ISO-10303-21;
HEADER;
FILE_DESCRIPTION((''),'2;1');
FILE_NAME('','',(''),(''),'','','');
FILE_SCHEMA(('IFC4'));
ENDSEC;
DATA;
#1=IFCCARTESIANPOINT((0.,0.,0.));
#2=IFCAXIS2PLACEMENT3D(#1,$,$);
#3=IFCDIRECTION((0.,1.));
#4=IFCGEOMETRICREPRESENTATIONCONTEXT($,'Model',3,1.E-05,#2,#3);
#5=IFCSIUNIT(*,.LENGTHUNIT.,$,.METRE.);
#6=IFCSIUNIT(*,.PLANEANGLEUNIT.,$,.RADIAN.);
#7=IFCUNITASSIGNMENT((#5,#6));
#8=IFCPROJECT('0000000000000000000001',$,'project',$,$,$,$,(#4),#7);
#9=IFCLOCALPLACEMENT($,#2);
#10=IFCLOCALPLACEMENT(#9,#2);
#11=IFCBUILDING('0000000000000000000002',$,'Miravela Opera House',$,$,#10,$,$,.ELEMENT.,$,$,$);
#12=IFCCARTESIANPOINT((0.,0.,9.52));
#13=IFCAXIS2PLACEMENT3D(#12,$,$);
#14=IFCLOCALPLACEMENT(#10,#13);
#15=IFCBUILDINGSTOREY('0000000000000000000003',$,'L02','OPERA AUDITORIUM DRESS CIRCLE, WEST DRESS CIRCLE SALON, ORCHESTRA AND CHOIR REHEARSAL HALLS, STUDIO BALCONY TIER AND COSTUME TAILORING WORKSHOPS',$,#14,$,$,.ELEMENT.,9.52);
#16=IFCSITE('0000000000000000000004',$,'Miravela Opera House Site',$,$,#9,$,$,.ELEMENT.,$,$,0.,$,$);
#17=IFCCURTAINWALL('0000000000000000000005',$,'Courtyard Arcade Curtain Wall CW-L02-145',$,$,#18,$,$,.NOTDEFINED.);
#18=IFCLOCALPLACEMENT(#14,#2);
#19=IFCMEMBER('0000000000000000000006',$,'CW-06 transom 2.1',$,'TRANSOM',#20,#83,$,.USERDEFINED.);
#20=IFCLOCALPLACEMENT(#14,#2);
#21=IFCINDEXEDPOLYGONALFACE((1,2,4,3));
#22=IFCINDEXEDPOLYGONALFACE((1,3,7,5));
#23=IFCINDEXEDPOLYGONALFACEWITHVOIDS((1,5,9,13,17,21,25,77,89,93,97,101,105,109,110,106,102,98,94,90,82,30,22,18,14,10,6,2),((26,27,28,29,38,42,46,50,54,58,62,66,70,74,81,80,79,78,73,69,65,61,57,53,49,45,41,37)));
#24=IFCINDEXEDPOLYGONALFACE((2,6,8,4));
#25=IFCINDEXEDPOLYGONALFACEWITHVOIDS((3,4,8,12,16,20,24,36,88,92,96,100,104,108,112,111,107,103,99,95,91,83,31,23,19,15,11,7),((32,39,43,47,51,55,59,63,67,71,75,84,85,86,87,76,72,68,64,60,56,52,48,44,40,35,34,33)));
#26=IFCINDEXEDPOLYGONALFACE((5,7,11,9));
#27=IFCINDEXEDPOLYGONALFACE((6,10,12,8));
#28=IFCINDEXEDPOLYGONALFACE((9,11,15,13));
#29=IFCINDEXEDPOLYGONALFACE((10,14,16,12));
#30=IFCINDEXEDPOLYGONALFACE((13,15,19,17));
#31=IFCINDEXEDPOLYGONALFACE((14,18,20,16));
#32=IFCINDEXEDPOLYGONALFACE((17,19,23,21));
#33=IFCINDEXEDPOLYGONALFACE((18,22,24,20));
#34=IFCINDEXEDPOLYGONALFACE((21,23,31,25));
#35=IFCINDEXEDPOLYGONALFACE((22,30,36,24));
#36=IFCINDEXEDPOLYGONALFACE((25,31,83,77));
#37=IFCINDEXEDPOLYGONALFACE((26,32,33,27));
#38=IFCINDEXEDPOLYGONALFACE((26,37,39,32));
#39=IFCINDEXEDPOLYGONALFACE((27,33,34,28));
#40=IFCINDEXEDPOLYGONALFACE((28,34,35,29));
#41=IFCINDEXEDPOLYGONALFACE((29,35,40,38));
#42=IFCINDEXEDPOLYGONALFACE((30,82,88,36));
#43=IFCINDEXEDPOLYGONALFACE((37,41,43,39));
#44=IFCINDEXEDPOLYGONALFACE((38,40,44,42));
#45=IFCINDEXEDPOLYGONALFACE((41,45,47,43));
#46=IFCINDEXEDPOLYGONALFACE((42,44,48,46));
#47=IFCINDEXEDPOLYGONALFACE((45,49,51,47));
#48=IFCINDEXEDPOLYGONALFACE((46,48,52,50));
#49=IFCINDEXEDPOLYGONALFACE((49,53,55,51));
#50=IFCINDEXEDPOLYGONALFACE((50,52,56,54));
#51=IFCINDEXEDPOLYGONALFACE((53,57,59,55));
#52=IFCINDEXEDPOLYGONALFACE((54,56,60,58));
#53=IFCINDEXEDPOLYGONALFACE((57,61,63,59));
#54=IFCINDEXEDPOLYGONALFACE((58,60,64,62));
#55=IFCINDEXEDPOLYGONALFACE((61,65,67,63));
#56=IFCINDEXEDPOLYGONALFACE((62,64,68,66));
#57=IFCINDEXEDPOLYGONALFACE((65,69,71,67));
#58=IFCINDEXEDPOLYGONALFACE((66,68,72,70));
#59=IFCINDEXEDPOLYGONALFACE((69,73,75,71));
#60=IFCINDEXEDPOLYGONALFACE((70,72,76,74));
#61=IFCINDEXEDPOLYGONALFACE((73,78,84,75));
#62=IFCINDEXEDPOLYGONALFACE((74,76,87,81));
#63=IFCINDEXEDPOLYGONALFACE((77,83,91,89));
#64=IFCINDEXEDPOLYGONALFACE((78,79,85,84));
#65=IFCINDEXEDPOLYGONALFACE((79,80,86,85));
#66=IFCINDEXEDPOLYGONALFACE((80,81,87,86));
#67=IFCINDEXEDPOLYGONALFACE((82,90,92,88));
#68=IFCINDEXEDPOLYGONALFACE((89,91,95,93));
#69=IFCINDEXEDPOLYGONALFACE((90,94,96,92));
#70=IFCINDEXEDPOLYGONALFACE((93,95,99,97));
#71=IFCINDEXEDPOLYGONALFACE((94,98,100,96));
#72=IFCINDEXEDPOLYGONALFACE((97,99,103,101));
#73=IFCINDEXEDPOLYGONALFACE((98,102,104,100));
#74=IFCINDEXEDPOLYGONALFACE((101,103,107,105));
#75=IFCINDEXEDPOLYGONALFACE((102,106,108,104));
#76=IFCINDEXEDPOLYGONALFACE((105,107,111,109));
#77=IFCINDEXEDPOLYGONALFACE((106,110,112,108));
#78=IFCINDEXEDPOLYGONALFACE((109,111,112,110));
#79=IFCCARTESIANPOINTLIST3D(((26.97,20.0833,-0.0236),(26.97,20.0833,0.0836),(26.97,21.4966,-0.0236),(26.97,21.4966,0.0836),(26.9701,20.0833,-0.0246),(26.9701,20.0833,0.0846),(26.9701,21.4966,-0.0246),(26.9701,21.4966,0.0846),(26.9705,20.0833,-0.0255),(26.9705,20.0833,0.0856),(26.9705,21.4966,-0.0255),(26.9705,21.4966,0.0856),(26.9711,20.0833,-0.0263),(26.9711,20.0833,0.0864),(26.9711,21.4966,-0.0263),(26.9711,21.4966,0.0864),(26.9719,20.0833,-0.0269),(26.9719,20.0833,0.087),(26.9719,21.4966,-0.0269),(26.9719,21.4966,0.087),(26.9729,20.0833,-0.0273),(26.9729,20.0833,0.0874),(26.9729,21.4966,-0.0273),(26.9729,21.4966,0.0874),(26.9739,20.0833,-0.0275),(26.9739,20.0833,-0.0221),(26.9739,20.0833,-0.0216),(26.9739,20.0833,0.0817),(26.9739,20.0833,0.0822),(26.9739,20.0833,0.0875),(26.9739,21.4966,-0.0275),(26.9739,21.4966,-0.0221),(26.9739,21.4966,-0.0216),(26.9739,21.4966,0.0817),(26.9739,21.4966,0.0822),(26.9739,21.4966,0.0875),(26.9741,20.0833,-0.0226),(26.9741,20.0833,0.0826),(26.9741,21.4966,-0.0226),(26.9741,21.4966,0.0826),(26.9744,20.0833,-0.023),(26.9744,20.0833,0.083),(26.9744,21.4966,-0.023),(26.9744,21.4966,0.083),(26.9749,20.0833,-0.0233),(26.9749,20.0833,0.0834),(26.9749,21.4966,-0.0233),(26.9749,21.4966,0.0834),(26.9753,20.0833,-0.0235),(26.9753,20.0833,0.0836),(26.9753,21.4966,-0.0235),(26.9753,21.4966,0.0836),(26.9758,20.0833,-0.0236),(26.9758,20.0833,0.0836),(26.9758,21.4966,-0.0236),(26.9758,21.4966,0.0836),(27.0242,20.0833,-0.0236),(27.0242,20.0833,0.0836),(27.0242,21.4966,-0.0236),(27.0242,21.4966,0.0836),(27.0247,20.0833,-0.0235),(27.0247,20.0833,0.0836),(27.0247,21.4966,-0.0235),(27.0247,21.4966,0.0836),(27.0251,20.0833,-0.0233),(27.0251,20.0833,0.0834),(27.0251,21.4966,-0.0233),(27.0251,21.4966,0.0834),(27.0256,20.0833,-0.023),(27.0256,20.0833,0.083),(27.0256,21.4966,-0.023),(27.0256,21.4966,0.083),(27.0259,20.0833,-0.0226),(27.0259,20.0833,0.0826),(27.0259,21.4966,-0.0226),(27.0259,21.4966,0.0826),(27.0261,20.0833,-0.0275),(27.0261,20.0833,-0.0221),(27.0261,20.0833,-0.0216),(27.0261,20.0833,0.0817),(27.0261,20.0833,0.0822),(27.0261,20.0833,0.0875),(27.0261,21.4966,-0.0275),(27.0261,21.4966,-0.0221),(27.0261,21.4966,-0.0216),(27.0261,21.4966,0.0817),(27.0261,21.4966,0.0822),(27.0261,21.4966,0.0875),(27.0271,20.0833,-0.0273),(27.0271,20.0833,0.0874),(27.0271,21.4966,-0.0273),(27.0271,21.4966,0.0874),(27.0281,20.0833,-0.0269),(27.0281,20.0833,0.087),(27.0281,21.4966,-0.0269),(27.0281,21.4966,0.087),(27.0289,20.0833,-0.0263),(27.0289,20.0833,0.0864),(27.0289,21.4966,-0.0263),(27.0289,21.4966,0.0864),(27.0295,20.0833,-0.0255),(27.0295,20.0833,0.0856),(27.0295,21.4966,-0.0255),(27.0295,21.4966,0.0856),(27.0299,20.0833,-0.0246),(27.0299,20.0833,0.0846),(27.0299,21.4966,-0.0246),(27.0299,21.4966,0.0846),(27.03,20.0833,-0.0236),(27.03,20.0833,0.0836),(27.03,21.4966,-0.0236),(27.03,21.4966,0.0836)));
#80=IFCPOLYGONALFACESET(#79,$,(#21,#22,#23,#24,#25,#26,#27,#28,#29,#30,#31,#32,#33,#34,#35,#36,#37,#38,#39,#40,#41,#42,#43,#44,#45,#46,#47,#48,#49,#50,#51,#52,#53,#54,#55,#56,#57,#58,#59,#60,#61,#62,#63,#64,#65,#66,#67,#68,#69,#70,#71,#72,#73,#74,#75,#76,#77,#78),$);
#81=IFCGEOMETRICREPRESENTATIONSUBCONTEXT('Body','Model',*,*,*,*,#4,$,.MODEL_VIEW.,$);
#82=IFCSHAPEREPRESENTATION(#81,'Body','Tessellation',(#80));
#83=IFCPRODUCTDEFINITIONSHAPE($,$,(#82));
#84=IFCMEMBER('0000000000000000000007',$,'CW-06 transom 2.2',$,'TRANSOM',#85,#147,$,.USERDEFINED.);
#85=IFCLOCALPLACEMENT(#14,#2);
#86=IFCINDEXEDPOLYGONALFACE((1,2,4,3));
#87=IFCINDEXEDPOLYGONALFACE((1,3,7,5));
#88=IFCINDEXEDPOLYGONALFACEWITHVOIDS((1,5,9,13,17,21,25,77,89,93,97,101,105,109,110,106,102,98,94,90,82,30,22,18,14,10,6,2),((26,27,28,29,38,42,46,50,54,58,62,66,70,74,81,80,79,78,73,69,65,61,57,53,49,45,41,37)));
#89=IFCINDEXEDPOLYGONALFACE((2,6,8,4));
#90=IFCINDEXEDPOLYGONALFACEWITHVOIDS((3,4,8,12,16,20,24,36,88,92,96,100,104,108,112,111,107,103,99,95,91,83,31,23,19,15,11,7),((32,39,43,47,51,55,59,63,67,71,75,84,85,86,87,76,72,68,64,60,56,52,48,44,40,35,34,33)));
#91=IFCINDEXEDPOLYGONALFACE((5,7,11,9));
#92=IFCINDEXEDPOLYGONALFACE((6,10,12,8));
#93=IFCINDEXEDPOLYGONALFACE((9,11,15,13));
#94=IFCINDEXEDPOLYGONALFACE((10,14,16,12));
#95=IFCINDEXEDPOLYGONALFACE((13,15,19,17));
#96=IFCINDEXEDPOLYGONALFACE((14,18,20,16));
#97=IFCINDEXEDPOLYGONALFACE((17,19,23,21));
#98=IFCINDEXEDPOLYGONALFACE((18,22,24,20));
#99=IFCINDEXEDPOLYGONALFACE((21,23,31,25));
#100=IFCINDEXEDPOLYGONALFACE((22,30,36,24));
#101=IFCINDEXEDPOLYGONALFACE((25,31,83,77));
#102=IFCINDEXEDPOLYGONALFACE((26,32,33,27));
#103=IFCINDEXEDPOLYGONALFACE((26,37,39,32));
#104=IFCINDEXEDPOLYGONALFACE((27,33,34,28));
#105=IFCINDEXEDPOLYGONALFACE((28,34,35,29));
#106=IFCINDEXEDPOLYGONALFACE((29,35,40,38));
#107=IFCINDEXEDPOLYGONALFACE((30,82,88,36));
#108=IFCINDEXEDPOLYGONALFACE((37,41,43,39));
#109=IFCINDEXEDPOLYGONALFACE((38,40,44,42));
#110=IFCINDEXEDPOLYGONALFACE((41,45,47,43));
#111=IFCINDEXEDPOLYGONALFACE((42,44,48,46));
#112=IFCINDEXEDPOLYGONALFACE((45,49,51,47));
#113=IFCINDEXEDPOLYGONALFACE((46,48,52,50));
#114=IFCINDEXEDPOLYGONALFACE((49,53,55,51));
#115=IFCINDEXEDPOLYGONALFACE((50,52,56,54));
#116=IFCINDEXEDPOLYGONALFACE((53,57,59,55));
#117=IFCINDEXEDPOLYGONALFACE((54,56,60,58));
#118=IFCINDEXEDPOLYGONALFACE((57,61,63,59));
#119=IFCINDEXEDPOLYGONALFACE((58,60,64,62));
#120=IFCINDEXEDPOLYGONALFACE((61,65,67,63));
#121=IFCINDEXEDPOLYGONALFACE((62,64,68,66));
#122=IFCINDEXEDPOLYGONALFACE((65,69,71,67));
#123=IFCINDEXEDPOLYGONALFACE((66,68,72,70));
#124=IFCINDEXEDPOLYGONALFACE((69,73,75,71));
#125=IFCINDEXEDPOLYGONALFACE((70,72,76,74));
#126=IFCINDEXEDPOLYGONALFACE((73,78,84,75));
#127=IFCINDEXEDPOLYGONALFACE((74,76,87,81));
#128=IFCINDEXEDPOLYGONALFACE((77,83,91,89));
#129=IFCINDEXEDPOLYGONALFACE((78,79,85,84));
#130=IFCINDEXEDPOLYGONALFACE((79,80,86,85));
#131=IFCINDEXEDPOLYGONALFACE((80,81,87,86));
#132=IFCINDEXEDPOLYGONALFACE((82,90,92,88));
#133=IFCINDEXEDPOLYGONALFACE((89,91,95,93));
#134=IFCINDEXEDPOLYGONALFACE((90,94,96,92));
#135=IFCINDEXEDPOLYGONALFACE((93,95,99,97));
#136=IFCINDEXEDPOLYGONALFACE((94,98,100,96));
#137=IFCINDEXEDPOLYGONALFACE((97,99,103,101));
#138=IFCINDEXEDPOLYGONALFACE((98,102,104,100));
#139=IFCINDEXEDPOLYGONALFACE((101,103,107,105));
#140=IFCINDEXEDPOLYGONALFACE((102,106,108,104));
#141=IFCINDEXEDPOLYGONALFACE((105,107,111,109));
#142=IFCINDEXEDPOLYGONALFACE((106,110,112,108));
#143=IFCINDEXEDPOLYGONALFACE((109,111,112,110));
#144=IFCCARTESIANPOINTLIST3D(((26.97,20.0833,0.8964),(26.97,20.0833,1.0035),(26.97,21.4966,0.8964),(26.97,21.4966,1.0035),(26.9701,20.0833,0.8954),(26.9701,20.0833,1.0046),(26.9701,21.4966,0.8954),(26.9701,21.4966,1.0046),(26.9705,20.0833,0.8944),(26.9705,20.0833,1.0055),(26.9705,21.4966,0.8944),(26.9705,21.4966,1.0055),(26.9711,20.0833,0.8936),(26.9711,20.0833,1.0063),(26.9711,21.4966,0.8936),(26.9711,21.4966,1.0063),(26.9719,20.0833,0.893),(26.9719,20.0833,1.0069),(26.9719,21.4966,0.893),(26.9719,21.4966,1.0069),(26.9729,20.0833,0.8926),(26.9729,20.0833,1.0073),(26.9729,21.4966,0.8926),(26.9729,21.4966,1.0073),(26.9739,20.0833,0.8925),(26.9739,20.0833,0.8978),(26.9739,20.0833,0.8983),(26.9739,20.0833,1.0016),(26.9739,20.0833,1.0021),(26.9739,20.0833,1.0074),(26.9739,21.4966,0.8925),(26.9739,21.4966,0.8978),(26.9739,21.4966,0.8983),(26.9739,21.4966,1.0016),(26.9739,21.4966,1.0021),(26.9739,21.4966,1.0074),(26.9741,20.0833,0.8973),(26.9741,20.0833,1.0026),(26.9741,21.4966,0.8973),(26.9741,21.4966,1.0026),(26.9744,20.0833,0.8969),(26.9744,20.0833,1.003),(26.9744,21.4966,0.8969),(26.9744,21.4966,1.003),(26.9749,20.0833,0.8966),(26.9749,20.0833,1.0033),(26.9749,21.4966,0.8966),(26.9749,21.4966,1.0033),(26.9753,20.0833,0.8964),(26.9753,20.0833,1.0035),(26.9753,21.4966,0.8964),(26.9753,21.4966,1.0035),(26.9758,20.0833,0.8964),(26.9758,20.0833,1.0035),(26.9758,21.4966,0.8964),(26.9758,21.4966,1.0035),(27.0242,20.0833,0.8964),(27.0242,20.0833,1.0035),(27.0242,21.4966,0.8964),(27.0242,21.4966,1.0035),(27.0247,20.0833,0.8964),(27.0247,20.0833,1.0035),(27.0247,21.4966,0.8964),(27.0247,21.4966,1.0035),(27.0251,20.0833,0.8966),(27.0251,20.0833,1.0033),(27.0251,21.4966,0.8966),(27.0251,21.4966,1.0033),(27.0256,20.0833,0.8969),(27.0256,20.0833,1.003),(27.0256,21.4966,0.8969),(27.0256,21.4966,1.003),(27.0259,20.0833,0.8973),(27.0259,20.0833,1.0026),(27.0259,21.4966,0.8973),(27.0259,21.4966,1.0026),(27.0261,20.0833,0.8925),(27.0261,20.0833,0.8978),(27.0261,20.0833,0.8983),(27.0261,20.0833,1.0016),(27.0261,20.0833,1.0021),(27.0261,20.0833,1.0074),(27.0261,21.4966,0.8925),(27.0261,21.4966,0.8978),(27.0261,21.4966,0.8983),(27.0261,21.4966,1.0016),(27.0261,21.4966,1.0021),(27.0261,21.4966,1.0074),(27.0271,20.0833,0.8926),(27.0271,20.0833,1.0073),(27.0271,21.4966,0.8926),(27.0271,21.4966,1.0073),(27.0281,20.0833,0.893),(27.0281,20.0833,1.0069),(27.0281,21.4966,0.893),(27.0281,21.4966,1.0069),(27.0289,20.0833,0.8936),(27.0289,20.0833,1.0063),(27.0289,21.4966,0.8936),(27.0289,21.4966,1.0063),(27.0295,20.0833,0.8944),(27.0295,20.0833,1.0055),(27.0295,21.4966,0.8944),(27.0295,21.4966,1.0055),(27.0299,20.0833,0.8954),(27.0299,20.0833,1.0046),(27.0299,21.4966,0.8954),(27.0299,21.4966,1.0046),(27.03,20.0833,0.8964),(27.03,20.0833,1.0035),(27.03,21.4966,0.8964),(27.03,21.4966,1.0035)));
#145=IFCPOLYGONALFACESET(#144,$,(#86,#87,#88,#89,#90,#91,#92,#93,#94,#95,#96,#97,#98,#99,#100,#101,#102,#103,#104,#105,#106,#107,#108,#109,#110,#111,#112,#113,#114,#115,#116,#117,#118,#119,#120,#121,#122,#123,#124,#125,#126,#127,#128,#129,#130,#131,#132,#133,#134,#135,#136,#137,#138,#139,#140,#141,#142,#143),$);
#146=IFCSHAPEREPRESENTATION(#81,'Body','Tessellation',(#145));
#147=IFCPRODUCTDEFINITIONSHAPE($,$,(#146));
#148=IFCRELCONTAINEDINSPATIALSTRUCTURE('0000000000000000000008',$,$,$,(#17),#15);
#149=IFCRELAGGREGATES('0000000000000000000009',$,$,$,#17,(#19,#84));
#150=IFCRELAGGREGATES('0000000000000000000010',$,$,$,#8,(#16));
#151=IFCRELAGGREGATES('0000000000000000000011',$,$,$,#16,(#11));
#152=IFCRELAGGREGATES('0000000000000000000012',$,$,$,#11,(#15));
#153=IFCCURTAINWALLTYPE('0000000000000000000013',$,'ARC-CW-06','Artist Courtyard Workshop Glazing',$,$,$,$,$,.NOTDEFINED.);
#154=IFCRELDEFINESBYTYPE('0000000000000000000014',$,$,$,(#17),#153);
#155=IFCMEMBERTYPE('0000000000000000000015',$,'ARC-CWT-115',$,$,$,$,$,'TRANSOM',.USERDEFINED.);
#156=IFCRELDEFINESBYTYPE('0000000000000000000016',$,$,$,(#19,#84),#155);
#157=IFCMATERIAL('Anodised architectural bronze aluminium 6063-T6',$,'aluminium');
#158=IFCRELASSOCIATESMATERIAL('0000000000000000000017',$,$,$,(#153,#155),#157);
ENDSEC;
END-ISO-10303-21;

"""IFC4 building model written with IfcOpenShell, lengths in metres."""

from ifc_helpers import new_model, si_unit, direction, frame, origin, origin_2d, place, context, subcontext, project, spatial, hollow_rectangle, extrude, material, material_profile, profile_set, type_object, element, aggregate, save


model = new_model("IFC4")

# Units and contexts
model_context = context("Model", 3, precision=1e-05, world=origin(), true_north=direction((0.0, 1.0)))
body_context = subcontext(model_context, "Body", "Model", "MODEL_VIEW")
ifc_project = project(units=[si_unit("LENGTHUNIT", "METRE"), si_unit("PLANEANGLEUNIT", "RADIAN")], contexts=[model_context])

# Site, building, storey
site_placement = place(None, origin())
site = spatial("IfcSite", under=ifc_project, at=site_placement, Name="Miravela Opera House Site", CompositionType="ELEMENT", RefElevation=0.0)
building_placement = place(site_placement, origin())
building = spatial("IfcBuilding", under=site, at=building_placement, Name="Miravela Opera House", CompositionType="ELEMENT")
storey_placement = place(building_placement, frame((0.0, 0.0, 9.52)))
storey = spatial("IfcBuildingStorey", under=building, at=storey_placement, Name="L02", Description="OPERA AUDITORIUM DRESS CIRCLE, WEST DRESS CIRCLE SALON, ORCHESTRA AND CHOIR REHEARSAL HALLS, STUDIO BALCONY TIER AND COSTUME TAILORING WORKSHOPS", CompositionType="ELEMENT", Elevation=9.52)

# Curtain wall, members
ifc_material_1 = material(Name="Anodised architectural bronze aluminium 6063-T6", Category="aluminium")
curtain_wall_type = type_object("IfcCurtainWallType", Name="ARC-CW-06", Description="Artist Courtyard Workshop Glazing", PredefinedType="NOTDEFINED", material=ifc_material_1)
curtain_wall_placement = place(storey_placement, origin())
curtain_wall = element("IfcCurtainWall", 1, at=curtain_wall_placement, inside=storey, type_object=curtain_wall_type, Name="Courtyard Arcade Curtain Wall CW-L02-145", PredefinedType="NOTDEFINED")
ifc_material_profile_1 = material_profile(ifc_material_1, hollow_rectangle(XDim=0.0601, YDim=0.115, WallThickness=0.0039, InnerFilletRadius=0.002, OuterFilletRadius=0.0039, at=origin_2d()), Name="CWT-60X115")
ifc_profile_set_1 = profile_set([ifc_material_profile_1])
member_type_1 = type_object("IfcMemberType", Name="ARC-CWT-115", ElementType="TRANSOM", PredefinedType="USERDEFINED", material=ifc_profile_set_1)
member_1_placement = place(storey_placement, frame((27.0, 20.0833, 0.03), z_axis=(0.0, 1.0, 0.0), x_axis=(-1.0, 0.0, 0.0)))
member_1 = element("IfcMember", 2, at=member_1_placement, type_object=member_type_1, Name="CW-06 transom 2.1", ObjectType="TRANSOM", PredefinedType="USERDEFINED", context=body_context, shape_type="SweptSolid", body=[
    extrude(hollow_rectangle(XDim=0.0601, YDim=0.115, WallThickness=0.0039, InnerFilletRadius=0.002, OuterFilletRadius=0.0039, at=origin_2d()), origin(), (0.0, 0.0, 1.0), 1.4133),
])
member_2_placement = place(storey_placement, frame((27.0, 20.0833, 0.95), z_axis=(0.0, 1.0, 0.0), x_axis=(-1.0, 0.0, 0.0)))
member_2 = element("IfcMember", 3, at=member_2_placement, type_object=member_type_1, Name="CW-06 transom 2.2", ObjectType="TRANSOM", PredefinedType="USERDEFINED", context=body_context, shape_type="SweptSolid", body=[
    extrude(hollow_rectangle(XDim=0.0601, YDim=0.115, WallThickness=0.0039, InnerFilletRadius=0.002, OuterFilletRadius=0.0039, at=origin_2d()), origin(), (0.0, 0.0, 1.0), 1.4133),
])
aggregate(curtain_wall, [member_1, member_2])

save(model, "model.ifc")
